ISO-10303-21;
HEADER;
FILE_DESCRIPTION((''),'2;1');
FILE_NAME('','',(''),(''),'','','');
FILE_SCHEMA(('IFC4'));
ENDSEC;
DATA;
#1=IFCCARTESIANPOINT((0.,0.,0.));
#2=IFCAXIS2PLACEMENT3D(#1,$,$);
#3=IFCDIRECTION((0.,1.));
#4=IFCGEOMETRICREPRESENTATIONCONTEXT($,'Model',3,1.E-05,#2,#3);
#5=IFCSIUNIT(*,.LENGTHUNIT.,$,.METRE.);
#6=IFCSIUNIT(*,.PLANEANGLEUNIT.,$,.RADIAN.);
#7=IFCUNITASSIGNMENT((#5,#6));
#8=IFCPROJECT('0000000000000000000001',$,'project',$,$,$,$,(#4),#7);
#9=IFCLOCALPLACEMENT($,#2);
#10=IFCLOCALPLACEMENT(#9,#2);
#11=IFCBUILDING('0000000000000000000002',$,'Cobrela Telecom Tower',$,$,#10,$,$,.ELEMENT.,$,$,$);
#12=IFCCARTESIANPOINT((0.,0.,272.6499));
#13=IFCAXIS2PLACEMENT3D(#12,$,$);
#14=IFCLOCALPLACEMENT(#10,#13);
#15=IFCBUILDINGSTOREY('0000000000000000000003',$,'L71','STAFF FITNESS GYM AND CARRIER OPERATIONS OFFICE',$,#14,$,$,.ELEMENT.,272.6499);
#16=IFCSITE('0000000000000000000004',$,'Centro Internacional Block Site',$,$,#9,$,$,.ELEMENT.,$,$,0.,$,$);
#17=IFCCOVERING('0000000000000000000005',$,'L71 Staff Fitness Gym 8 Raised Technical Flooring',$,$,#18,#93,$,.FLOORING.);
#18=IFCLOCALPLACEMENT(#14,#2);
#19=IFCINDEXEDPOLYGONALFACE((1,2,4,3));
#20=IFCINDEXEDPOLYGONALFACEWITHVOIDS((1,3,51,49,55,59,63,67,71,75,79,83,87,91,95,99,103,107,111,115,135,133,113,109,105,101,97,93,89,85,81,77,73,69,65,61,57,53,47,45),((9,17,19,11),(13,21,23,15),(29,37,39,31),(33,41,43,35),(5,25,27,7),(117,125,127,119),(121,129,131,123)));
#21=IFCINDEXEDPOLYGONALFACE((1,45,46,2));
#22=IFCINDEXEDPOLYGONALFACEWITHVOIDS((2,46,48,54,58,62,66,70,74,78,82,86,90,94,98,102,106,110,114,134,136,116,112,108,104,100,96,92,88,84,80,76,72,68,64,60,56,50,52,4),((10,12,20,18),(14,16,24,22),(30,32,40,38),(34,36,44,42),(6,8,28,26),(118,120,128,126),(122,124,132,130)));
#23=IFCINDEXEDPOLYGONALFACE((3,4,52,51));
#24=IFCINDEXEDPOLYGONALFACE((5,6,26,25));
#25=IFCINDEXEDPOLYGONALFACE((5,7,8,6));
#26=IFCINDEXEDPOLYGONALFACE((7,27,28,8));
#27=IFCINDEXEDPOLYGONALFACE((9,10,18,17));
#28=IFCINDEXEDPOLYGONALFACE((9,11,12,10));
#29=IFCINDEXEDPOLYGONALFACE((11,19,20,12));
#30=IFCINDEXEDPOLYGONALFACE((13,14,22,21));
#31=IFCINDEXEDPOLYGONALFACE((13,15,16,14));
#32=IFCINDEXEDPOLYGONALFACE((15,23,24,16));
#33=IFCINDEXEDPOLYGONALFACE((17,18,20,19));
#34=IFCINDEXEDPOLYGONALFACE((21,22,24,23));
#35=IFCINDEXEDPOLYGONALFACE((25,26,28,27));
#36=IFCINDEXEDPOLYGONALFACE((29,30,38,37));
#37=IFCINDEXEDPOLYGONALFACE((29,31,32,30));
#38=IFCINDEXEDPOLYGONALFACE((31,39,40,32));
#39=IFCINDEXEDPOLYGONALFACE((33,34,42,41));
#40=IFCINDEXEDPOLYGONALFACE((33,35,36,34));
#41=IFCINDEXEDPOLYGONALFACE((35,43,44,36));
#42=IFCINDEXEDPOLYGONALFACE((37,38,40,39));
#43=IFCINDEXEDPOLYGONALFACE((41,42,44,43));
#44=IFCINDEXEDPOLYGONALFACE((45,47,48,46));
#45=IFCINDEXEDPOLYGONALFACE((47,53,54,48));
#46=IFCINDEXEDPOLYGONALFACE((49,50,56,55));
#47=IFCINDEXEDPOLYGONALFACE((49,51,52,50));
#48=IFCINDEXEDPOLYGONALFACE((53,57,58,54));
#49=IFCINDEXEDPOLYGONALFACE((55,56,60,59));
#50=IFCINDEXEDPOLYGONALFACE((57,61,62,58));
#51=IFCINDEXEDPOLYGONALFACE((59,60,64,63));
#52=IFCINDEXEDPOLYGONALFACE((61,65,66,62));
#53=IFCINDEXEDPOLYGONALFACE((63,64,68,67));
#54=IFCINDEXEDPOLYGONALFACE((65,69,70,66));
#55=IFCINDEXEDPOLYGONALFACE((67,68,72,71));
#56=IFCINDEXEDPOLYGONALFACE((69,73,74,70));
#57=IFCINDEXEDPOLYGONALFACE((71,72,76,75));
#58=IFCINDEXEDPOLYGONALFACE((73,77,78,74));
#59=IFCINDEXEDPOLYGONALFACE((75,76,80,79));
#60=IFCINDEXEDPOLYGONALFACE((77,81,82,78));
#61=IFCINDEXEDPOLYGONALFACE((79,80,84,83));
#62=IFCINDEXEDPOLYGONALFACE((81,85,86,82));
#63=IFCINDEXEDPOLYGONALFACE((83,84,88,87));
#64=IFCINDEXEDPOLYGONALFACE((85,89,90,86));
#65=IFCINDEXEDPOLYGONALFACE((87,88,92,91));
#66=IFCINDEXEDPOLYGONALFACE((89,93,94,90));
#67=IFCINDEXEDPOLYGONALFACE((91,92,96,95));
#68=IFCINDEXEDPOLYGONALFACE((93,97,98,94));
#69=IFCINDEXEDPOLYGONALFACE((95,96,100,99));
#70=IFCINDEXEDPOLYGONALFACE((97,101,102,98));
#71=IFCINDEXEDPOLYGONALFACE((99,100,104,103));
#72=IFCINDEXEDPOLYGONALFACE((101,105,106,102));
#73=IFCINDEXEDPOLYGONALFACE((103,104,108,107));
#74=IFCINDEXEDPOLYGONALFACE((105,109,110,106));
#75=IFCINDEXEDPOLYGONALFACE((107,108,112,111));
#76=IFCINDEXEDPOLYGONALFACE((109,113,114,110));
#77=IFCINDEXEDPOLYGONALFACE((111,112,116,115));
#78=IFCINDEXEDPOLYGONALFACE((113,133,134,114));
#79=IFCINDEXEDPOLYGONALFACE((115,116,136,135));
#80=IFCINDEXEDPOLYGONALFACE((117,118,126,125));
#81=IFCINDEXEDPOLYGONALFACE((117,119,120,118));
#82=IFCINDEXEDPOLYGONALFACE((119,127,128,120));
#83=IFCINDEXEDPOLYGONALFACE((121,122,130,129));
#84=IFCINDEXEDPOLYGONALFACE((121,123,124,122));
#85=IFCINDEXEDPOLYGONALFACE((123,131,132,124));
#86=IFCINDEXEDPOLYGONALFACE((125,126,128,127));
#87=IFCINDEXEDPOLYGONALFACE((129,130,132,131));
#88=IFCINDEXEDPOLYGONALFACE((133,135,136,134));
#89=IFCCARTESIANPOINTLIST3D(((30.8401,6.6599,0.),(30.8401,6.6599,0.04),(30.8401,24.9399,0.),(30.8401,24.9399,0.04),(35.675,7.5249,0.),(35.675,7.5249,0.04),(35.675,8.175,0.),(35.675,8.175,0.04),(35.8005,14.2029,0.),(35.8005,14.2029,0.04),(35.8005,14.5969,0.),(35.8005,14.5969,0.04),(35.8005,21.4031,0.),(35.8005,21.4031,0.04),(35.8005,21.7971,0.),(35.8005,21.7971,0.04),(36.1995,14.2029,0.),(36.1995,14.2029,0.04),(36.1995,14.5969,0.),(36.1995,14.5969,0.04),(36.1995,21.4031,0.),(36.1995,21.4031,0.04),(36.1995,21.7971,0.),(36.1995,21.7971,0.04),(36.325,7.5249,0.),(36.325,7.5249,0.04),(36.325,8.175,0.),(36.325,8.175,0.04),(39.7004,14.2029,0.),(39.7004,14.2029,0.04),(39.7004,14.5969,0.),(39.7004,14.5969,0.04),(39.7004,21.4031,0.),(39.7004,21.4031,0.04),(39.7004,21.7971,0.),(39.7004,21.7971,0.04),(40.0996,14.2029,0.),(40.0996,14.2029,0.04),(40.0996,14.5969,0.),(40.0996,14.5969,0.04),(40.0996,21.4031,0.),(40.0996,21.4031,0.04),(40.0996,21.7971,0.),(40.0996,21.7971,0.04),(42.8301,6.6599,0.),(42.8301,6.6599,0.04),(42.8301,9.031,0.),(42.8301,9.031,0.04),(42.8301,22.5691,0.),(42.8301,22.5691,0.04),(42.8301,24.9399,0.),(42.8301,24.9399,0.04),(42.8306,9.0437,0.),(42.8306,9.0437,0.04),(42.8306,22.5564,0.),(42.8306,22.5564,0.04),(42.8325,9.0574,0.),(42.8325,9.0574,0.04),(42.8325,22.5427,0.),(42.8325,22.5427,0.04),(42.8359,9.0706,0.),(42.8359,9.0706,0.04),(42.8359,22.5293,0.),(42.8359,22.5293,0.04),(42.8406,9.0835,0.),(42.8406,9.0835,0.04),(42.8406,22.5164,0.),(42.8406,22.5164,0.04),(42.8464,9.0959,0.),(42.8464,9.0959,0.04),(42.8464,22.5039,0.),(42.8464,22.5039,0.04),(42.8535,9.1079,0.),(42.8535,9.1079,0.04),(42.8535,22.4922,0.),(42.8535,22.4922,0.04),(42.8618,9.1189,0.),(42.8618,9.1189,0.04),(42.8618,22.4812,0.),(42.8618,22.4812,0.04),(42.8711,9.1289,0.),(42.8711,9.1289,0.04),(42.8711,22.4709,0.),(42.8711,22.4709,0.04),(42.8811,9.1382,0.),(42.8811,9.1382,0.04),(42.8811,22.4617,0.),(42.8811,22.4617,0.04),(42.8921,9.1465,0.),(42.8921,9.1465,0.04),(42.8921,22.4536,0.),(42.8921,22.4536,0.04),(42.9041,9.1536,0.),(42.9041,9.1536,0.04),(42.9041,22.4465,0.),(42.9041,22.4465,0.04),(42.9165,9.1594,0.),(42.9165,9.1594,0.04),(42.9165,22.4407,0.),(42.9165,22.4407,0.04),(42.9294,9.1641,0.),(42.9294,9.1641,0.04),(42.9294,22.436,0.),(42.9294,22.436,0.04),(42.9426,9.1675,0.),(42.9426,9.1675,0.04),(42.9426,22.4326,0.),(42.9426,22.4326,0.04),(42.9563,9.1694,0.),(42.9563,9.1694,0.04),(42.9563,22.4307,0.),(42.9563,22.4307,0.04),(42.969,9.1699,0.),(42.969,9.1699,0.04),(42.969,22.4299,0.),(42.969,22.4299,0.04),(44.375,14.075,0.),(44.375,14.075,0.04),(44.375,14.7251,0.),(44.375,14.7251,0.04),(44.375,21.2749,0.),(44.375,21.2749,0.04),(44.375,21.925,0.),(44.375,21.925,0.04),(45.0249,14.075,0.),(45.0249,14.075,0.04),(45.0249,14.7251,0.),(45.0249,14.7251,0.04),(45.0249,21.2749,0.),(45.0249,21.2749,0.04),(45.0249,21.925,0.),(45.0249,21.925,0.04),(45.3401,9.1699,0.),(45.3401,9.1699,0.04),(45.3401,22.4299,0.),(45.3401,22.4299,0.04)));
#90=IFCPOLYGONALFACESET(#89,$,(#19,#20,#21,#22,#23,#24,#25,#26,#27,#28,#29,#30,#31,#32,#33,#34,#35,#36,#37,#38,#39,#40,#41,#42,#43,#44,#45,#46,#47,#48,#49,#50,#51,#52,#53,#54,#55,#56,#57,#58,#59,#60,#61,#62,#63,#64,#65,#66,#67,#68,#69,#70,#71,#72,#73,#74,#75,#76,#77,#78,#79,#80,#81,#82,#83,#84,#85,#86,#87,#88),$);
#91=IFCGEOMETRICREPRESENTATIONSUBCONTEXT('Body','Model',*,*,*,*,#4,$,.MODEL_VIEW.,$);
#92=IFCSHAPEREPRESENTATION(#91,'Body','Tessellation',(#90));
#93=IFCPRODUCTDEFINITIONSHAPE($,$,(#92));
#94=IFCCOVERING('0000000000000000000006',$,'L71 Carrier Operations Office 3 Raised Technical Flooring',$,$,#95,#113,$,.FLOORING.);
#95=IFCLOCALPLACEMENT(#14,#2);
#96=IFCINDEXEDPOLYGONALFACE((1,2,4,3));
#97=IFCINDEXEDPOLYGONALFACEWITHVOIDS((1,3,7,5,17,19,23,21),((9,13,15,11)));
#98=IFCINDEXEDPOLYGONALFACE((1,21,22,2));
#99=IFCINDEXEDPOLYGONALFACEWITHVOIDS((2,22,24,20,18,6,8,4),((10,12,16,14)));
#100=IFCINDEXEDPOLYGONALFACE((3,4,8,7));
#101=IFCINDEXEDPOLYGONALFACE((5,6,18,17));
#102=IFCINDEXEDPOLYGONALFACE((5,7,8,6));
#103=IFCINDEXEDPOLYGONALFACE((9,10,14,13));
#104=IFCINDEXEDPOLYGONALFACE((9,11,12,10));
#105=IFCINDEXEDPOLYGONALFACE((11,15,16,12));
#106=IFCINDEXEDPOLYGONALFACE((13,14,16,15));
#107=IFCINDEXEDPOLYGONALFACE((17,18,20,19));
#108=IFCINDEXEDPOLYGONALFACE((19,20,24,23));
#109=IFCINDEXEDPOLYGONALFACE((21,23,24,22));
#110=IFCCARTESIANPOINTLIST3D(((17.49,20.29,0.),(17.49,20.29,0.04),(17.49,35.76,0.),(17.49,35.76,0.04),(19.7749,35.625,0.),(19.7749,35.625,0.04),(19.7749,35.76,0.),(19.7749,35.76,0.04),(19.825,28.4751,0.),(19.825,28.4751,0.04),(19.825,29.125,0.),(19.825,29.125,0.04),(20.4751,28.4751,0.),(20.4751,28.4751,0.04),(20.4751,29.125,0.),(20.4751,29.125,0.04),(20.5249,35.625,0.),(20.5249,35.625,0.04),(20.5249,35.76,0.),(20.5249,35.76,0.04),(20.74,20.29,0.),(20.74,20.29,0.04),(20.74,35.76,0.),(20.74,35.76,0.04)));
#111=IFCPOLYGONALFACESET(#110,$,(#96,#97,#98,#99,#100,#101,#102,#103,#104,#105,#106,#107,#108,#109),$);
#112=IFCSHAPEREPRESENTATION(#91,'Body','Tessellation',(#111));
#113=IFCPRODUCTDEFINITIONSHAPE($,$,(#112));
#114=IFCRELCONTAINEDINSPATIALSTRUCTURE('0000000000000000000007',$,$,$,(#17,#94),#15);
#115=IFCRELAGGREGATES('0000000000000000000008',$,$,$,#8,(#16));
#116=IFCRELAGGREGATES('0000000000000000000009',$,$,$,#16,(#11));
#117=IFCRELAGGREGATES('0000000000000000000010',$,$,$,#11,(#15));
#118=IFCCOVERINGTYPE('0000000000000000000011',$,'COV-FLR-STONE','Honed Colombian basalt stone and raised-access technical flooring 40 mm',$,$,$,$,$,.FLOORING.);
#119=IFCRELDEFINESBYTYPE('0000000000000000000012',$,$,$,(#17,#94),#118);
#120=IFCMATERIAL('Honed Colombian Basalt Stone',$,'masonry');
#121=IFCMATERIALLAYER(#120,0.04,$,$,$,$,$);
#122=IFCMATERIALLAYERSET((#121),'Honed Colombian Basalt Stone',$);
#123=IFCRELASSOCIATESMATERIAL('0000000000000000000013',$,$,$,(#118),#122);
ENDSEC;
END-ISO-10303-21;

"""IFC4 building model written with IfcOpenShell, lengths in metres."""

from ifc_helpers import new_model, si_unit, direction, frame, origin, place, context, subcontext, project, spatial, polyline, outline, extrude, material, layer, layer_set, type_object, element, save


model = new_model("IFC4")

# Units and contexts
model_context = context("Model", 3, precision=1e-05, world=origin(), true_north=direction((0.0, 1.0)))
body_context = subcontext(model_context, "Body", "Model", "MODEL_VIEW")
ifc_project = project(units=[si_unit("LENGTHUNIT", "METRE"), si_unit("PLANEANGLEUNIT", "RADIAN")], contexts=[model_context])

# Site, building, storey
site_placement = place(None, origin())
site = spatial("IfcSite", under=ifc_project, at=site_placement, Name="Centro Internacional Block Site", CompositionType="ELEMENT", RefElevation=0.0)
building_placement = place(site_placement, origin())
building = spatial("IfcBuilding", under=site, at=building_placement, Name="Cobrela Telecom Tower", CompositionType="ELEMENT")
storey_placement = place(building_placement, frame((0.0, 0.0, 272.6499)))
storey = spatial("IfcBuildingStorey", under=building, at=storey_placement, Name="L71", Description="STAFF FITNESS GYM AND CARRIER OPERATIONS OFFICE", CompositionType="ELEMENT", Elevation=272.6499)

# Coverings
ifc_material_1 = material(Name="Honed Colombian Basalt Stone", Category="masonry")
ifc_layer_1 = layer(ifc_material_1, 0.04)
ifc_layer_set_1 = layer_set([ifc_layer_1], Name="Honed Colombian Basalt Stone")
covering_type_1 = type_object("IfcCoveringType", Name="COV-FLR-STONE", Description="Honed Colombian basalt stone and raised-access technical flooring 40 mm", PredefinedType="FLOORING", material=ifc_layer_set_1)
covering_1_placement = place(storey_placement, origin())
element("IfcCovering", 1, at=covering_1_placement, inside=storey, type_object=covering_type_1, Name="L71 Staff Fitness Gym 8 Raised Technical Flooring", PredefinedType="FLOORING", context=body_context, shape_type="SweptSolid", body=[
    extrude(outline(polyline([(42.9426, 9.1675), (42.9294, 9.1641), (42.9165, 9.1594), (42.9041, 9.1536), (42.8921, 9.1465), (42.8811, 9.1382), (42.8711, 9.1289), (42.8618, 9.1189), (42.8535, 9.1079), (42.8464, 9.0959), (42.8406, 9.0835), (42.8359, 9.0706), (42.8325, 9.0574), (42.8306, 9.0437), (42.8301, 9.031), (42.8301, 6.6599), (30.8401, 6.6599), (30.8401, 24.9399), (42.8301, 24.9399), (42.8301, 22.5691), (42.8306, 22.5564), (42.8325, 22.5427), (42.8359, 22.5293), (42.8406, 22.5164), (42.8464, 22.5039), (42.8535, 22.4922), (42.8618, 22.4812), (42.8711, 22.4709), (42.8811, 22.4617), (42.8921, 22.4536), (42.9041, 22.4465), (42.9165, 22.4407), (42.9294, 22.436), (42.9426, 22.4326), (42.9563, 22.4307), (42.969, 22.4299), (45.3401, 22.4299), (45.3401, 9.1699), (42.969, 9.1699), (42.9563, 9.1694), (42.9426, 9.1675)]), holes=[polyline([(36.325, 8.175), (35.675, 8.175), (35.675, 7.5249), (36.325, 7.5249), (36.325, 8.175)]), polyline([(36.1995, 14.5969), (35.8005, 14.5969), (35.8005, 14.2029), (36.1995, 14.2029), (36.1995, 14.5969)]), polyline([(40.0996, 14.5969), (39.7004, 14.5969), (39.7004, 14.2029), (40.0996, 14.2029), (40.0996, 14.5969)]), polyline([(45.0249, 14.7251), (44.375, 14.7251), (44.375, 14.075), (45.0249, 14.075), (45.0249, 14.7251)]), polyline([(36.1995, 21.7971), (35.8005, 21.7971), (35.8005, 21.4031), (36.1995, 21.4031), (36.1995, 21.7971)]), polyline([(40.0996, 21.4031), (40.0996, 21.7971), (39.7004, 21.7971), (39.7004, 21.4031), (40.0996, 21.4031)]), polyline([(45.0249, 21.2749), (45.0249, 21.925), (44.375, 21.925), (44.375, 21.2749), (45.0249, 21.2749)])]), origin(), (0.0, 0.0, 1.0), 0.04),
])
covering_2_placement = place(storey_placement, origin())
element("IfcCovering", 2, at=covering_2_placement, inside=storey, type_object=covering_type_1, Name="L71 Carrier Operations Office 3 Raised Technical Flooring", PredefinedType="FLOORING", context=body_context, shape_type="SweptSolid", body=[
    extrude(outline(polyline([(19.7749, 35.625), (20.5249, 35.625), (20.5249, 35.76), (20.74, 35.76), (20.74, 20.29), (17.49, 20.29), (17.49, 35.76), (19.7749, 35.76), (19.7749, 35.625)]), holes=[polyline([(20.4751, 29.125), (19.825, 29.125), (19.825, 28.4751), (20.4751, 28.4751), (20.4751, 29.125)])]), origin(), (0.0, 0.0, 1.0), 0.04),
])

save(model, "model.ifc")
